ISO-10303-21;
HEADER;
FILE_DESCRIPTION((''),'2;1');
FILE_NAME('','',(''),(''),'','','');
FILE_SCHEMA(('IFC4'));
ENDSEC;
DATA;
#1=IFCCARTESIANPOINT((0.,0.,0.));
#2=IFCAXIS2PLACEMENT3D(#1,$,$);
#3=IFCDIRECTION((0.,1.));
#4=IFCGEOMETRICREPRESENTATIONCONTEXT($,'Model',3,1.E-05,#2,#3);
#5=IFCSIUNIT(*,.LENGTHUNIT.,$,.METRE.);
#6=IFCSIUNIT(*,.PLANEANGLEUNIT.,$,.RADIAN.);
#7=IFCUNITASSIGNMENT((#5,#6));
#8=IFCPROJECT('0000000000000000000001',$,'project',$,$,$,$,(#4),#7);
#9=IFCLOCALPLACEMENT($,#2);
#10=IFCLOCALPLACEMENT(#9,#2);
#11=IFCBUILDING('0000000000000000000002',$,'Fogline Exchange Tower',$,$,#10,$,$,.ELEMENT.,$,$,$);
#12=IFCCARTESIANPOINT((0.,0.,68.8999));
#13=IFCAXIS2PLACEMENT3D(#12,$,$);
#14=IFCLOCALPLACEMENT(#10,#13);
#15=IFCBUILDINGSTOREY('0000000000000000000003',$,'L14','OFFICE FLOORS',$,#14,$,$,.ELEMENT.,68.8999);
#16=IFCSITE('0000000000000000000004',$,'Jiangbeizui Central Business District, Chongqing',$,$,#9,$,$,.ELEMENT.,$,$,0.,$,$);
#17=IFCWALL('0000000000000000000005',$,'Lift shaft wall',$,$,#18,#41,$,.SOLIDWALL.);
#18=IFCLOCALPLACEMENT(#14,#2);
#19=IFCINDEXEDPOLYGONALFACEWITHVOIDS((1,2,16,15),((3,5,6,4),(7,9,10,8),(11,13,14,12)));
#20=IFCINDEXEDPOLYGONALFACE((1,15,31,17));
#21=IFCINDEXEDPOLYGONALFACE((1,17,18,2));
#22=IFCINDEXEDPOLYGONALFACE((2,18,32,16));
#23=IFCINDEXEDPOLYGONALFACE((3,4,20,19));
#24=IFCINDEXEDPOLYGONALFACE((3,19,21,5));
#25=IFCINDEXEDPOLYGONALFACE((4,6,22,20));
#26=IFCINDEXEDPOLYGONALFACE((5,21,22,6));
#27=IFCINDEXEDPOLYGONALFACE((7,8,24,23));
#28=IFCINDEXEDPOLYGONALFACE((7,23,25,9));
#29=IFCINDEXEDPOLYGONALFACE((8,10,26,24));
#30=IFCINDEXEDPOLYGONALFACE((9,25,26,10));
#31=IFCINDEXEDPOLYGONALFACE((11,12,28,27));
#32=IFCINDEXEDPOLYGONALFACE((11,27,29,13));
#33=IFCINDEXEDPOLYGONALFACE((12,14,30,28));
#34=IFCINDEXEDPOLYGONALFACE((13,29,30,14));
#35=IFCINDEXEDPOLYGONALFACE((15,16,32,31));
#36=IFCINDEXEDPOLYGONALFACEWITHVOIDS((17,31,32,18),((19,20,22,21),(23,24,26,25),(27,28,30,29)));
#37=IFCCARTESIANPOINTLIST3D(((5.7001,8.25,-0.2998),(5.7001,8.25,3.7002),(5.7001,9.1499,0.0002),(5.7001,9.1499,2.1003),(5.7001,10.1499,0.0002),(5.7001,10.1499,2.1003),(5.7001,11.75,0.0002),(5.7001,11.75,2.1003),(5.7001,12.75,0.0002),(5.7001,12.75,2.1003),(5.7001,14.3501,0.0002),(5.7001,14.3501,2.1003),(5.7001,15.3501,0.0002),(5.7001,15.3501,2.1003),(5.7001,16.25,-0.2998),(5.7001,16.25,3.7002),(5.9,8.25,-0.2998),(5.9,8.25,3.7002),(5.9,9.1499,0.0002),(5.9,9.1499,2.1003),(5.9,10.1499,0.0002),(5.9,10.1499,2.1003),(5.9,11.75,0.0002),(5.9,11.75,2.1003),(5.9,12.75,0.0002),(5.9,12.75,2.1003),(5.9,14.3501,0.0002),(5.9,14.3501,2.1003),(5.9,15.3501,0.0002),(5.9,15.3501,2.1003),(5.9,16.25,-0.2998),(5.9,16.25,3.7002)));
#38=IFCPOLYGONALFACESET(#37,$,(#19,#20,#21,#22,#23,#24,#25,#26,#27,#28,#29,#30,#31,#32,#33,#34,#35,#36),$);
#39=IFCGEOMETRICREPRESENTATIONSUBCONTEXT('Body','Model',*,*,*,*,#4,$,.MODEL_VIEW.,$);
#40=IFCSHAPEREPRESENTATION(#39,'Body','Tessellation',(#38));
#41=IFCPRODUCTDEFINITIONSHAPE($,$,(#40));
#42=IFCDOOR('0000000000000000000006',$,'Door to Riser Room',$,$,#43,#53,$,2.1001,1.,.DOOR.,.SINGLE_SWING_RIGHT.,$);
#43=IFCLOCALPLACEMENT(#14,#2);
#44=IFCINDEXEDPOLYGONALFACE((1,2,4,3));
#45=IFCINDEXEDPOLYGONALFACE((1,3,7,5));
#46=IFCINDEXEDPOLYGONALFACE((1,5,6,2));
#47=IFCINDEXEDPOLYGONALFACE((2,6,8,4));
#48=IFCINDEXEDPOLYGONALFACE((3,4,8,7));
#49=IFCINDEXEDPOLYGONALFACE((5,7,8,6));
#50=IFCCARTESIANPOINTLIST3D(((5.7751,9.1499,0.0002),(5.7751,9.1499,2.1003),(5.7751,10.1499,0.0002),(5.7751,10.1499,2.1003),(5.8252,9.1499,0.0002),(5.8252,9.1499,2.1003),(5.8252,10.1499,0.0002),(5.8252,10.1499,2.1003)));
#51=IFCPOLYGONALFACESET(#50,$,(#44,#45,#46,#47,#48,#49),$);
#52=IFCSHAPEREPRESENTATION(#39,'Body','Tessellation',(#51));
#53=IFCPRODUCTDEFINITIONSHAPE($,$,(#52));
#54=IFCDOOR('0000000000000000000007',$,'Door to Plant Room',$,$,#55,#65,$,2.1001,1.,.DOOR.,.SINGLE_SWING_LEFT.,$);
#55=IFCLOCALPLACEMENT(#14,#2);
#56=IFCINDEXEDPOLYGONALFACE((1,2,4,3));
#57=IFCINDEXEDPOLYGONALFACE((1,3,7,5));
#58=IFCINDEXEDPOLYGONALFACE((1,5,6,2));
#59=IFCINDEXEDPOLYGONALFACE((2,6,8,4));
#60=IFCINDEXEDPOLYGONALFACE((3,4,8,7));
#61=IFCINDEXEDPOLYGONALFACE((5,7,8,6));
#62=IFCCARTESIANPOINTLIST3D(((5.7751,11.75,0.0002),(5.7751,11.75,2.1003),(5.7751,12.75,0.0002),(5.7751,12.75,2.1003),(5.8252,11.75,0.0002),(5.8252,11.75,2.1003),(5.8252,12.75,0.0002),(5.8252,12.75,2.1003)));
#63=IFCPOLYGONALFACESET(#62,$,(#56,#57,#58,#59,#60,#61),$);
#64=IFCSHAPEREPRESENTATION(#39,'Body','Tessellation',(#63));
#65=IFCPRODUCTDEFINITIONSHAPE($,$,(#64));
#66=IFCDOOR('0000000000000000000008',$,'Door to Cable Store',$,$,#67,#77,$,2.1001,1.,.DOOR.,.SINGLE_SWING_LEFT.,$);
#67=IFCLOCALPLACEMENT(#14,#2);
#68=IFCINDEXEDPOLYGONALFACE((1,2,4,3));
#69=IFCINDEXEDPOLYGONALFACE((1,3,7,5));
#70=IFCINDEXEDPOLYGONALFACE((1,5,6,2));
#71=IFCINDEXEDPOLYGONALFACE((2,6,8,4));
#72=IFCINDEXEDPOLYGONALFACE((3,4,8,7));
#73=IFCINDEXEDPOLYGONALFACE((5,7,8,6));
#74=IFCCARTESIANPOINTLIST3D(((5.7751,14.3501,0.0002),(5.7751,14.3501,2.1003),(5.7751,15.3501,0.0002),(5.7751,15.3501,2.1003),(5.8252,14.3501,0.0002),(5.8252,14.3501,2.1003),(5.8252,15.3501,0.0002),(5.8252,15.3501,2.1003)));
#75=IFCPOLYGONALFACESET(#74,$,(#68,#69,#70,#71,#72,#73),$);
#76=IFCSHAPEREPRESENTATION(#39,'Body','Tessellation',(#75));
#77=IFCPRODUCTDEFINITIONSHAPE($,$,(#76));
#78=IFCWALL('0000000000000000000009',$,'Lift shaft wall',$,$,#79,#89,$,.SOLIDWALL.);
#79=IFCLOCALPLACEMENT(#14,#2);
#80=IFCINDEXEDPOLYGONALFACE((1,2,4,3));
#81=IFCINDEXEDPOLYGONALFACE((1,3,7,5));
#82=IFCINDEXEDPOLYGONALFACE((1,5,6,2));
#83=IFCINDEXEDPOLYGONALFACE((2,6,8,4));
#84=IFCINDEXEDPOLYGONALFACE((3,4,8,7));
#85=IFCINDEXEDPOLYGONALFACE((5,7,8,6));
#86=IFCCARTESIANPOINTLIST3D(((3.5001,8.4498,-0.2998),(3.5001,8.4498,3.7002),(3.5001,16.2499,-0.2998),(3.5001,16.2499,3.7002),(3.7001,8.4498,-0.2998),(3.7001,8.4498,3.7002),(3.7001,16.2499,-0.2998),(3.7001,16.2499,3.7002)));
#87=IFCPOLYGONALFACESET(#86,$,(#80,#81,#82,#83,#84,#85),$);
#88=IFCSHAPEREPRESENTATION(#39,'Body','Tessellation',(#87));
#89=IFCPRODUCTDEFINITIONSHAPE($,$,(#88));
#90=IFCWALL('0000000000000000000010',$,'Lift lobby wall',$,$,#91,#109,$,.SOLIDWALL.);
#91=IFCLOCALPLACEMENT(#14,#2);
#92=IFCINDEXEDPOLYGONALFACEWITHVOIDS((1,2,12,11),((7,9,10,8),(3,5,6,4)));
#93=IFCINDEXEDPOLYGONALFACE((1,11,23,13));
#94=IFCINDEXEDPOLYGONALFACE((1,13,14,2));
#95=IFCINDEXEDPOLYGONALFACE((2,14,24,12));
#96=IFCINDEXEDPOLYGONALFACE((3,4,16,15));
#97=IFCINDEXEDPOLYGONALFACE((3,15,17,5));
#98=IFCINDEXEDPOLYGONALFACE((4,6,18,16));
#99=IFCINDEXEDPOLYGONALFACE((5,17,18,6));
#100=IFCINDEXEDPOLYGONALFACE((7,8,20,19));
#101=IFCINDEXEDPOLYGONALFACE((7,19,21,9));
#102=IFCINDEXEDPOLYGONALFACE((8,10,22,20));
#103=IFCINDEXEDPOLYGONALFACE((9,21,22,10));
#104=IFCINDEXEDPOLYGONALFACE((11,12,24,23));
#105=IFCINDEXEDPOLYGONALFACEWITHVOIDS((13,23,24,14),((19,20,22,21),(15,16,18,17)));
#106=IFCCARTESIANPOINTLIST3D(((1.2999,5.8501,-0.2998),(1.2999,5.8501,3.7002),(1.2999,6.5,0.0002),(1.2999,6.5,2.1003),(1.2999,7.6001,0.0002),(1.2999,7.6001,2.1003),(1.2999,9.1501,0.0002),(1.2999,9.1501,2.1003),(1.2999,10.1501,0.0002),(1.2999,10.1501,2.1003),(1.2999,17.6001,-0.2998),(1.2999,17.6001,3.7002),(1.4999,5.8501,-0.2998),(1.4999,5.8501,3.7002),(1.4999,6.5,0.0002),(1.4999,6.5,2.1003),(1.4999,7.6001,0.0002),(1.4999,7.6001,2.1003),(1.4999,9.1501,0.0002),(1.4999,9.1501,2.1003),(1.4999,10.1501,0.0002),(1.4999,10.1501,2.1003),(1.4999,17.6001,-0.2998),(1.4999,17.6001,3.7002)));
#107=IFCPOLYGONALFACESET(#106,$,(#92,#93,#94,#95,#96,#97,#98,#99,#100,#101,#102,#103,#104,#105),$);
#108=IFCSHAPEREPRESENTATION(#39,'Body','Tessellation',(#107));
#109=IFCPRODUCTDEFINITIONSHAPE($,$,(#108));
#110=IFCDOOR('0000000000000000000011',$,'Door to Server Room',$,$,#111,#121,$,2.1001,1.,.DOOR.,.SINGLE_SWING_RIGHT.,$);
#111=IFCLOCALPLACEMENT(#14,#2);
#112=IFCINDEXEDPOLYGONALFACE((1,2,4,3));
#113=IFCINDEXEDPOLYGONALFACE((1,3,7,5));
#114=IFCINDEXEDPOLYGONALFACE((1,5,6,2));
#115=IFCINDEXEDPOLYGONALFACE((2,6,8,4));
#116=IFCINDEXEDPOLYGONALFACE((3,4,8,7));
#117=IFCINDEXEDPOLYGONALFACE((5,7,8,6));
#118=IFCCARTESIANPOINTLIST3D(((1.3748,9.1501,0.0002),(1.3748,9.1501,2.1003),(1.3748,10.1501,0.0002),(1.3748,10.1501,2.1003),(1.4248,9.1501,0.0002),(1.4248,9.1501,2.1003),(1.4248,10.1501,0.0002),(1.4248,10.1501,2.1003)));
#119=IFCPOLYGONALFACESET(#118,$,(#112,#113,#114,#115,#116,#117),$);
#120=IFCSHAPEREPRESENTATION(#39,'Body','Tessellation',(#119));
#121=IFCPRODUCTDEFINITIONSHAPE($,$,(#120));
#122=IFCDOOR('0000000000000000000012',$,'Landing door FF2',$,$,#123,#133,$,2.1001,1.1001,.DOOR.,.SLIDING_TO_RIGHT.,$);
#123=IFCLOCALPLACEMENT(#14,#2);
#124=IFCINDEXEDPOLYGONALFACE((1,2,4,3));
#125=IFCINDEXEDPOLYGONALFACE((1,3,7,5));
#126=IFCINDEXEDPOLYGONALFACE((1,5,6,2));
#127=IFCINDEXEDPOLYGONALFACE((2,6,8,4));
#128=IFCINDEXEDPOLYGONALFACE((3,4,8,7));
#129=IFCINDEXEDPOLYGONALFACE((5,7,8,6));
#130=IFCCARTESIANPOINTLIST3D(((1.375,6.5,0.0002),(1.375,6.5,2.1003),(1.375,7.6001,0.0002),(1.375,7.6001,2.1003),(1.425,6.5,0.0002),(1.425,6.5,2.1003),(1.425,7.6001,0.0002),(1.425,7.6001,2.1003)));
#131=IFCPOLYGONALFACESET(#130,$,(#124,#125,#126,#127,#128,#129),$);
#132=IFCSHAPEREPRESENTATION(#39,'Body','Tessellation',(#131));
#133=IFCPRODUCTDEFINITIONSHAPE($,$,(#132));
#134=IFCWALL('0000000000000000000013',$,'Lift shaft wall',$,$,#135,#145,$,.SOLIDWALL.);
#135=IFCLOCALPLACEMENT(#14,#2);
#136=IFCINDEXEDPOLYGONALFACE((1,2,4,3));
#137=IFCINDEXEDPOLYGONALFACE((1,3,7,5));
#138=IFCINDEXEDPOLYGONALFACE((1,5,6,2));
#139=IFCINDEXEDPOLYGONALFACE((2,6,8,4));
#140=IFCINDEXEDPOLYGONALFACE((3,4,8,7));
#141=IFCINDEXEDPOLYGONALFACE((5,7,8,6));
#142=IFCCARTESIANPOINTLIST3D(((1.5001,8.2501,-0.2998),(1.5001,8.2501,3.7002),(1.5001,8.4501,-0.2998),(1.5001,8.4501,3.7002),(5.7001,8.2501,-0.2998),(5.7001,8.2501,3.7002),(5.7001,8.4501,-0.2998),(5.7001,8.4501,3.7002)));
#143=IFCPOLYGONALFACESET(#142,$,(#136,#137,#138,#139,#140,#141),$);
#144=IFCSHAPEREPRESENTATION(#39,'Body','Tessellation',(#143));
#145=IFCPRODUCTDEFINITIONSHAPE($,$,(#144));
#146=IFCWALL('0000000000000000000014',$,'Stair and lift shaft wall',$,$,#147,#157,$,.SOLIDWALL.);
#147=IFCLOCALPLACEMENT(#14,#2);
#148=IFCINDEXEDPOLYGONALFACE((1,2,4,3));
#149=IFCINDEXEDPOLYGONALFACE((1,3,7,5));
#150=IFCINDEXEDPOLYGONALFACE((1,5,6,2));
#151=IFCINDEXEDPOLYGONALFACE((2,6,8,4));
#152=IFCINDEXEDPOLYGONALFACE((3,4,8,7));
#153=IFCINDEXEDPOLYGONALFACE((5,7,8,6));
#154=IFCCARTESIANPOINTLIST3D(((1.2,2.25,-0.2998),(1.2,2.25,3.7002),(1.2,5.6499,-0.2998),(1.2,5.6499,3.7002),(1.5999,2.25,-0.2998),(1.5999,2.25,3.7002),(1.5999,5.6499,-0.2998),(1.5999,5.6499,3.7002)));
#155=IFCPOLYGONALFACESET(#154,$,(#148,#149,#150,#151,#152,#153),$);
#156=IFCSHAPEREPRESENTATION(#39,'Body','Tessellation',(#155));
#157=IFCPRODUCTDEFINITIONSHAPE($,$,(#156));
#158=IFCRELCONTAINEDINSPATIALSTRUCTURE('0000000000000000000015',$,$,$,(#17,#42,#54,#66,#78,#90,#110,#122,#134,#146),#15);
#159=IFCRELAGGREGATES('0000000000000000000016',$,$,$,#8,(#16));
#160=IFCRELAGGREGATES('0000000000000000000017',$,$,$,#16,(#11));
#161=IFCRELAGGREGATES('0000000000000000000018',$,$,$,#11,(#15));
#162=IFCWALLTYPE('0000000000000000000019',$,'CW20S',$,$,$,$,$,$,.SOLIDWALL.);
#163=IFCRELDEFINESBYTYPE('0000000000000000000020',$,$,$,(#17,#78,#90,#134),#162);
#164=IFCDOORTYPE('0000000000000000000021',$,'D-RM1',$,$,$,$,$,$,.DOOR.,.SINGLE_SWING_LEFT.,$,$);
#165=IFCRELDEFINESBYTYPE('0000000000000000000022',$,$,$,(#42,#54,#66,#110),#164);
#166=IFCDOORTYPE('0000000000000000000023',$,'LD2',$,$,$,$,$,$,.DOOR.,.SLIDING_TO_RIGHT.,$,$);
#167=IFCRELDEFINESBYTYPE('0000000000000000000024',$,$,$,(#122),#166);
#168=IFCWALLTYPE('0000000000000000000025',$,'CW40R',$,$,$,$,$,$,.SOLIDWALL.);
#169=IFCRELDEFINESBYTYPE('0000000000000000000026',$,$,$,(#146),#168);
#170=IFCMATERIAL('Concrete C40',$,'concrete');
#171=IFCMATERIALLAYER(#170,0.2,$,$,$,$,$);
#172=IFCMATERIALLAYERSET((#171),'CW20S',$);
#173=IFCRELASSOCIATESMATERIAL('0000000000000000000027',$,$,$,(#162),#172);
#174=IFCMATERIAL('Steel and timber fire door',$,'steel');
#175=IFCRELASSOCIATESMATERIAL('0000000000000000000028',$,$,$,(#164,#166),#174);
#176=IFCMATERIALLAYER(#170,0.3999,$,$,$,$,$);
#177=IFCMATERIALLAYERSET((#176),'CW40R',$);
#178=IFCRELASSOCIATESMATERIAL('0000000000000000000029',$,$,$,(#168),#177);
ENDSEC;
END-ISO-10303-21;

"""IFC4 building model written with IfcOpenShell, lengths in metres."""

from ifc_helpers import new_model, si_unit, direction, frame, frame_2d, origin, place, context, subcontext, project, spatial, rectangle, extrude, material, layer, layer_set, type_object, element, fill, save


model = new_model("IFC4")

# Units and contexts
model_context = context("Model", 3, precision=1e-05, world=origin(), true_north=direction((0.0, 1.0)))
body_context = subcontext(model_context, "Body", "Model", "MODEL_VIEW")
ifc_project = project(units=[si_unit("LENGTHUNIT", "METRE"), si_unit("PLANEANGLEUNIT", "RADIAN")], contexts=[model_context])

# Site, building, storey
site_placement = place(None, origin())
site = spatial("IfcSite", under=ifc_project, at=site_placement, Name="Jiangbeizui Central Business District, Chongqing", CompositionType="ELEMENT", RefElevation=0.0)
building_placement = place(site_placement, origin())
building = spatial("IfcBuilding", under=site, at=building_placement, Name="Fogline Exchange Tower", CompositionType="ELEMENT")
storey_placement = place(building_placement, frame((0.0, 0.0, 68.8999)))
storey = spatial("IfcBuildingStorey", under=building, at=storey_placement, Name="L14", Description="OFFICE FLOORS", CompositionType="ELEMENT", Elevation=68.8999)

# Shared definitions
ifc_material_1 = material(Name="Concrete C40", Category="concrete")

# Shared definitions
ifc_material_2 = material(Name="Steel and timber fire door", Category="steel")

# Wall, openings, doors
ifc_layer_1 = layer(ifc_material_1, 0.2)
ifc_layer_set_1 = layer_set([ifc_layer_1], Name="CW20S")
wall_type_1 = type_object("IfcWallType", Name="CW20S", PredefinedType="SOLIDWALL", material=ifc_layer_set_1)
wall_1_placement = place(storey_placement, frame((5.8, 8.25, -0.2998), z_axis=(0.0, 0.0, 1.0), x_axis=(0.0, 1.0, 0.0)))
wall_1 = element("IfcWall", 1, at=wall_1_placement, inside=storey, type_object=wall_type_1, Name="Lift shaft wall", PredefinedType="SOLIDWALL", context=body_context, shape_type="SweptSolid", body=[
    extrude(rectangle(XDim=8.0, YDim=0.2, at=frame_2d((4.0, 0.0))), origin(), (0.0, 0.0, 1.0), 4.0),
])
opening_1_placement = place(wall_1_placement, frame((0.8999, 0.0, 0.3)))
opening_1 = element("IfcOpeningElement", 2, at=opening_1_placement, cuts=wall_1, PredefinedType="OPENING", context=body_context, shape_type="SweptSolid", body=[
    extrude(rectangle(XDim=1.0, YDim=2.1001, at=frame_2d((0.5, 1.05))), frame((0.0, 0.1099, 0.0), z_axis=(0.0, -1.0, 0.0), x_axis=(1.0, 0.0, 0.0)), (0.0, 0.0, 1.0), 0.22),
])
opening_2_placement = place(wall_1_placement, frame((3.5, 0.0, 0.3)))
opening_2 = element("IfcOpeningElement", 3, at=opening_2_placement, cuts=wall_1, PredefinedType="OPENING", context=body_context, shape_type="SweptSolid", body=[
    extrude(rectangle(XDim=1.0, YDim=2.1001, at=frame_2d((0.5, 1.05))), frame((0.0, 0.1099, 0.0), z_axis=(0.0, -1.0, 0.0), x_axis=(1.0, 0.0, 0.0)), (0.0, 0.0, 1.0), 0.22),
])
opening_3_placement = place(wall_1_placement, frame((6.1001, 0.0, 0.3)))
opening_3 = element("IfcOpeningElement", 4, at=opening_3_placement, cuts=wall_1, PredefinedType="OPENING", context=body_context, shape_type="SweptSolid", body=[
    extrude(rectangle(XDim=1.0, YDim=2.1001, at=frame_2d((0.5, 1.05))), frame((0.0, 0.1099, 0.0), z_axis=(0.0, -1.0, 0.0), x_axis=(1.0, 0.0, 0.0)), (0.0, 0.0, 1.0), 0.22),
])
door_type_1 = type_object("IfcDoorType", Name="D-RM1", OperationType="SINGLE_SWING_LEFT", PredefinedType="DOOR", material=ifc_material_2)
door_1_placement = place(opening_1_placement, origin())
door_1 = element("IfcDoor", 5, at=door_1_placement, inside=storey, type_object=door_type_1, Name="Door to Riser Room", OperationType="SINGLE_SWING_RIGHT", OverallHeight=2.1001, OverallWidth=1.0, PredefinedType="DOOR", context=body_context, shape_type="SweptSolid", body=[
    extrude(rectangle(XDim=1.0, YDim=2.1001, at=frame_2d((0.5, 1.05))), frame((0.0, 0.0249, 0.0), z_axis=(0.0, -1.0, 0.0), x_axis=(1.0, 0.0, 0.0)), (0.0, 0.0, 1.0), 0.05),
])
fill(opening_1, door_1)
door_2_placement = place(opening_2_placement, origin())
door_2 = element("IfcDoor", 6, at=door_2_placement, inside=storey, type_object=door_type_1, Name="Door to Plant Room", OperationType="SINGLE_SWING_LEFT", OverallHeight=2.1001, OverallWidth=1.0, PredefinedType="DOOR", context=body_context, shape_type="SweptSolid", body=[
    extrude(rectangle(XDim=1.0, YDim=2.1001, at=frame_2d((0.5, 1.05))), frame((0.0, 0.0249, 0.0), z_axis=(0.0, -1.0, 0.0), x_axis=(1.0, 0.0, 0.0)), (0.0, 0.0, 1.0), 0.05),
])
fill(opening_2, door_2)
door_3_placement = place(opening_3_placement, origin())
door_3 = element("IfcDoor", 7, at=door_3_placement, inside=storey, type_object=door_type_1, Name="Door to Cable Store", OperationType="SINGLE_SWING_LEFT", OverallHeight=2.1001, OverallWidth=1.0, PredefinedType="DOOR", context=body_context, shape_type="SweptSolid", body=[
    extrude(rectangle(XDim=1.0, YDim=2.1001, at=frame_2d((0.5, 1.05))), frame((0.0, 0.0249, 0.0), z_axis=(0.0, -1.0, 0.0), x_axis=(1.0, 0.0, 0.0)), (0.0, 0.0, 1.0), 0.05),
])
fill(opening_3, door_3)

# Wall
wall_2_placement = place(storey_placement, frame((3.6001, 8.45, -0.2998), z_axis=(0.0, 0.0, 1.0), x_axis=(0.0, 1.0, 0.0)))
element("IfcWall", 8, at=wall_2_placement, inside=storey, type_object=wall_type_1, Name="Lift shaft wall", PredefinedType="SOLIDWALL", context=body_context, shape_type="SweptSolid", body=[
    extrude(rectangle(XDim=7.8, YDim=0.2, at=frame_2d((3.8999, 0.0))), origin(), (0.0, 0.0, 1.0), 4.0),
])

# Wall, openings, doors
wall_3_placement = place(storey_placement, frame((1.3999, 5.8501, -0.2998), z_axis=(0.0, 0.0, 1.0), x_axis=(0.0, 1.0, 0.0)))
wall_3 = element("IfcWall", 9, at=wall_3_placement, inside=storey, type_object=wall_type_1, Name="Lift lobby wall", PredefinedType="SOLIDWALL", context=body_context, shape_type="SweptSolid", body=[
    extrude(rectangle(XDim=11.75, YDim=0.2, at=frame_2d((5.875, 0.0))), origin(), (0.0, 0.0, 1.0), 4.0),
])
opening_4_placement = place(wall_3_placement, frame((0.6499, 0.0, 0.3)))
opening_4 = element("IfcOpeningElement", 10, at=opening_4_placement, cuts=wall_3, PredefinedType="OPENING", context=body_context, shape_type="SweptSolid", body=[
    extrude(rectangle(XDim=1.1001, YDim=2.1001, at=frame_2d((0.55, 1.05))), frame((0.0, 0.1099, 0.0), z_axis=(0.0, -1.0, 0.0), x_axis=(1.0, 0.0, 0.0)), (0.0, 0.0, 1.0), 0.22),
])
opening_5_placement = place(wall_3_placement, frame((3.3, 0.0, 0.3)))
opening_5 = element("IfcOpeningElement", 11, at=opening_5_placement, cuts=wall_3, PredefinedType="OPENING", context=body_context, shape_type="SweptSolid", body=[
    extrude(rectangle(XDim=1.0, YDim=2.1001, at=frame_2d((0.5, 1.05))), frame((0.0, 0.1099, 0.0), z_axis=(0.0, -1.0, 0.0), x_axis=(1.0, 0.0, 0.0)), (0.0, 0.0, 1.0), 0.22),
])
door_4_placement = place(opening_5_placement, frame((1.0, 0.0, 0.0), z_axis=(0.0, 0.0, 1.0), x_axis=(-1.0, 0.0, 0.0)))
door_4 = element("IfcDoor", 12, at=door_4_placement, inside=storey, type_object=door_type_1, Name="Door to Server Room", OperationType="SINGLE_SWING_RIGHT", OverallHeight=2.1001, OverallWidth=1.0, PredefinedType="DOOR", context=body_context, shape_type="SweptSolid", body=[
    extrude(rectangle(XDim=1.0, YDim=2.1001, at=frame_2d((0.5, 1.05))), frame((0.0, 0.0249, 0.0), z_axis=(0.0, -1.0, 0.0), x_axis=(1.0, 0.0, 0.0)), (0.0, 0.0, 1.0), 0.05),
])
fill(opening_5, door_4)
door_type_2 = type_object("IfcDoorType", Name="LD2", OperationType="SLIDING_TO_RIGHT", PredefinedType="DOOR", material=ifc_material_2)
door_5_placement = place(opening_4_placement, origin())
door_5 = element("IfcDoor", 13, at=door_5_placement, inside=storey, type_object=door_type_2, Name="Landing door FF2", OperationType="SLIDING_TO_RIGHT", OverallHeight=2.1001, OverallWidth=1.1001, PredefinedType="DOOR", context=body_context, shape_type="SweptSolid", body=[
    extrude(rectangle(XDim=1.1001, YDim=2.1001, at=frame_2d((0.55, 1.05))), frame((0.0, 0.0249, 0.0), z_axis=(0.0, -1.0, 0.0), x_axis=(1.0, 0.0, 0.0)), (0.0, 0.0, 1.0), 0.05),
])
fill(opening_4, door_5)

# Walls
wall_4_placement = place(storey_placement, frame((1.5, 8.3501, -0.2998), z_axis=(0.0, 0.0, 1.0), x_axis=(1.0, 0.0, 0.0)))
element("IfcWall", 14, at=wall_4_placement, inside=storey, type_object=wall_type_1, Name="Lift shaft wall", PredefinedType="SOLIDWALL", context=body_context, shape_type="SweptSolid", body=[
    extrude(rectangle(XDim=4.2, YDim=0.2, at=frame_2d((2.1001, 0.0))), origin(), (0.0, 0.0, 1.0), 4.0),
])
ifc_layer_2 = layer(ifc_material_1, 0.3999)
ifc_layer_set_2 = layer_set([ifc_layer_2], Name="CW40R")
wall_type_2 = type_object("IfcWallType", Name="CW40R", PredefinedType="SOLIDWALL", material=ifc_layer_set_2)
wall_5_placement = place(storey_placement, frame((1.3999, 2.25, -0.2998), z_axis=(0.0, 0.0, 1.0), x_axis=(0.0, 1.0, 0.0)))
element("IfcWall", 15, at=wall_5_placement, inside=storey, type_object=wall_type_2, Name="Stair and lift shaft wall", PredefinedType="SOLIDWALL", context=body_context, shape_type="SweptSolid", body=[
    extrude(rectangle(XDim=3.3999, YDim=0.3999, at=frame_2d((1.7, 0.0))), origin(), (0.0, 0.0, 1.0), 4.0),
])

save(model, "model.ifc")
